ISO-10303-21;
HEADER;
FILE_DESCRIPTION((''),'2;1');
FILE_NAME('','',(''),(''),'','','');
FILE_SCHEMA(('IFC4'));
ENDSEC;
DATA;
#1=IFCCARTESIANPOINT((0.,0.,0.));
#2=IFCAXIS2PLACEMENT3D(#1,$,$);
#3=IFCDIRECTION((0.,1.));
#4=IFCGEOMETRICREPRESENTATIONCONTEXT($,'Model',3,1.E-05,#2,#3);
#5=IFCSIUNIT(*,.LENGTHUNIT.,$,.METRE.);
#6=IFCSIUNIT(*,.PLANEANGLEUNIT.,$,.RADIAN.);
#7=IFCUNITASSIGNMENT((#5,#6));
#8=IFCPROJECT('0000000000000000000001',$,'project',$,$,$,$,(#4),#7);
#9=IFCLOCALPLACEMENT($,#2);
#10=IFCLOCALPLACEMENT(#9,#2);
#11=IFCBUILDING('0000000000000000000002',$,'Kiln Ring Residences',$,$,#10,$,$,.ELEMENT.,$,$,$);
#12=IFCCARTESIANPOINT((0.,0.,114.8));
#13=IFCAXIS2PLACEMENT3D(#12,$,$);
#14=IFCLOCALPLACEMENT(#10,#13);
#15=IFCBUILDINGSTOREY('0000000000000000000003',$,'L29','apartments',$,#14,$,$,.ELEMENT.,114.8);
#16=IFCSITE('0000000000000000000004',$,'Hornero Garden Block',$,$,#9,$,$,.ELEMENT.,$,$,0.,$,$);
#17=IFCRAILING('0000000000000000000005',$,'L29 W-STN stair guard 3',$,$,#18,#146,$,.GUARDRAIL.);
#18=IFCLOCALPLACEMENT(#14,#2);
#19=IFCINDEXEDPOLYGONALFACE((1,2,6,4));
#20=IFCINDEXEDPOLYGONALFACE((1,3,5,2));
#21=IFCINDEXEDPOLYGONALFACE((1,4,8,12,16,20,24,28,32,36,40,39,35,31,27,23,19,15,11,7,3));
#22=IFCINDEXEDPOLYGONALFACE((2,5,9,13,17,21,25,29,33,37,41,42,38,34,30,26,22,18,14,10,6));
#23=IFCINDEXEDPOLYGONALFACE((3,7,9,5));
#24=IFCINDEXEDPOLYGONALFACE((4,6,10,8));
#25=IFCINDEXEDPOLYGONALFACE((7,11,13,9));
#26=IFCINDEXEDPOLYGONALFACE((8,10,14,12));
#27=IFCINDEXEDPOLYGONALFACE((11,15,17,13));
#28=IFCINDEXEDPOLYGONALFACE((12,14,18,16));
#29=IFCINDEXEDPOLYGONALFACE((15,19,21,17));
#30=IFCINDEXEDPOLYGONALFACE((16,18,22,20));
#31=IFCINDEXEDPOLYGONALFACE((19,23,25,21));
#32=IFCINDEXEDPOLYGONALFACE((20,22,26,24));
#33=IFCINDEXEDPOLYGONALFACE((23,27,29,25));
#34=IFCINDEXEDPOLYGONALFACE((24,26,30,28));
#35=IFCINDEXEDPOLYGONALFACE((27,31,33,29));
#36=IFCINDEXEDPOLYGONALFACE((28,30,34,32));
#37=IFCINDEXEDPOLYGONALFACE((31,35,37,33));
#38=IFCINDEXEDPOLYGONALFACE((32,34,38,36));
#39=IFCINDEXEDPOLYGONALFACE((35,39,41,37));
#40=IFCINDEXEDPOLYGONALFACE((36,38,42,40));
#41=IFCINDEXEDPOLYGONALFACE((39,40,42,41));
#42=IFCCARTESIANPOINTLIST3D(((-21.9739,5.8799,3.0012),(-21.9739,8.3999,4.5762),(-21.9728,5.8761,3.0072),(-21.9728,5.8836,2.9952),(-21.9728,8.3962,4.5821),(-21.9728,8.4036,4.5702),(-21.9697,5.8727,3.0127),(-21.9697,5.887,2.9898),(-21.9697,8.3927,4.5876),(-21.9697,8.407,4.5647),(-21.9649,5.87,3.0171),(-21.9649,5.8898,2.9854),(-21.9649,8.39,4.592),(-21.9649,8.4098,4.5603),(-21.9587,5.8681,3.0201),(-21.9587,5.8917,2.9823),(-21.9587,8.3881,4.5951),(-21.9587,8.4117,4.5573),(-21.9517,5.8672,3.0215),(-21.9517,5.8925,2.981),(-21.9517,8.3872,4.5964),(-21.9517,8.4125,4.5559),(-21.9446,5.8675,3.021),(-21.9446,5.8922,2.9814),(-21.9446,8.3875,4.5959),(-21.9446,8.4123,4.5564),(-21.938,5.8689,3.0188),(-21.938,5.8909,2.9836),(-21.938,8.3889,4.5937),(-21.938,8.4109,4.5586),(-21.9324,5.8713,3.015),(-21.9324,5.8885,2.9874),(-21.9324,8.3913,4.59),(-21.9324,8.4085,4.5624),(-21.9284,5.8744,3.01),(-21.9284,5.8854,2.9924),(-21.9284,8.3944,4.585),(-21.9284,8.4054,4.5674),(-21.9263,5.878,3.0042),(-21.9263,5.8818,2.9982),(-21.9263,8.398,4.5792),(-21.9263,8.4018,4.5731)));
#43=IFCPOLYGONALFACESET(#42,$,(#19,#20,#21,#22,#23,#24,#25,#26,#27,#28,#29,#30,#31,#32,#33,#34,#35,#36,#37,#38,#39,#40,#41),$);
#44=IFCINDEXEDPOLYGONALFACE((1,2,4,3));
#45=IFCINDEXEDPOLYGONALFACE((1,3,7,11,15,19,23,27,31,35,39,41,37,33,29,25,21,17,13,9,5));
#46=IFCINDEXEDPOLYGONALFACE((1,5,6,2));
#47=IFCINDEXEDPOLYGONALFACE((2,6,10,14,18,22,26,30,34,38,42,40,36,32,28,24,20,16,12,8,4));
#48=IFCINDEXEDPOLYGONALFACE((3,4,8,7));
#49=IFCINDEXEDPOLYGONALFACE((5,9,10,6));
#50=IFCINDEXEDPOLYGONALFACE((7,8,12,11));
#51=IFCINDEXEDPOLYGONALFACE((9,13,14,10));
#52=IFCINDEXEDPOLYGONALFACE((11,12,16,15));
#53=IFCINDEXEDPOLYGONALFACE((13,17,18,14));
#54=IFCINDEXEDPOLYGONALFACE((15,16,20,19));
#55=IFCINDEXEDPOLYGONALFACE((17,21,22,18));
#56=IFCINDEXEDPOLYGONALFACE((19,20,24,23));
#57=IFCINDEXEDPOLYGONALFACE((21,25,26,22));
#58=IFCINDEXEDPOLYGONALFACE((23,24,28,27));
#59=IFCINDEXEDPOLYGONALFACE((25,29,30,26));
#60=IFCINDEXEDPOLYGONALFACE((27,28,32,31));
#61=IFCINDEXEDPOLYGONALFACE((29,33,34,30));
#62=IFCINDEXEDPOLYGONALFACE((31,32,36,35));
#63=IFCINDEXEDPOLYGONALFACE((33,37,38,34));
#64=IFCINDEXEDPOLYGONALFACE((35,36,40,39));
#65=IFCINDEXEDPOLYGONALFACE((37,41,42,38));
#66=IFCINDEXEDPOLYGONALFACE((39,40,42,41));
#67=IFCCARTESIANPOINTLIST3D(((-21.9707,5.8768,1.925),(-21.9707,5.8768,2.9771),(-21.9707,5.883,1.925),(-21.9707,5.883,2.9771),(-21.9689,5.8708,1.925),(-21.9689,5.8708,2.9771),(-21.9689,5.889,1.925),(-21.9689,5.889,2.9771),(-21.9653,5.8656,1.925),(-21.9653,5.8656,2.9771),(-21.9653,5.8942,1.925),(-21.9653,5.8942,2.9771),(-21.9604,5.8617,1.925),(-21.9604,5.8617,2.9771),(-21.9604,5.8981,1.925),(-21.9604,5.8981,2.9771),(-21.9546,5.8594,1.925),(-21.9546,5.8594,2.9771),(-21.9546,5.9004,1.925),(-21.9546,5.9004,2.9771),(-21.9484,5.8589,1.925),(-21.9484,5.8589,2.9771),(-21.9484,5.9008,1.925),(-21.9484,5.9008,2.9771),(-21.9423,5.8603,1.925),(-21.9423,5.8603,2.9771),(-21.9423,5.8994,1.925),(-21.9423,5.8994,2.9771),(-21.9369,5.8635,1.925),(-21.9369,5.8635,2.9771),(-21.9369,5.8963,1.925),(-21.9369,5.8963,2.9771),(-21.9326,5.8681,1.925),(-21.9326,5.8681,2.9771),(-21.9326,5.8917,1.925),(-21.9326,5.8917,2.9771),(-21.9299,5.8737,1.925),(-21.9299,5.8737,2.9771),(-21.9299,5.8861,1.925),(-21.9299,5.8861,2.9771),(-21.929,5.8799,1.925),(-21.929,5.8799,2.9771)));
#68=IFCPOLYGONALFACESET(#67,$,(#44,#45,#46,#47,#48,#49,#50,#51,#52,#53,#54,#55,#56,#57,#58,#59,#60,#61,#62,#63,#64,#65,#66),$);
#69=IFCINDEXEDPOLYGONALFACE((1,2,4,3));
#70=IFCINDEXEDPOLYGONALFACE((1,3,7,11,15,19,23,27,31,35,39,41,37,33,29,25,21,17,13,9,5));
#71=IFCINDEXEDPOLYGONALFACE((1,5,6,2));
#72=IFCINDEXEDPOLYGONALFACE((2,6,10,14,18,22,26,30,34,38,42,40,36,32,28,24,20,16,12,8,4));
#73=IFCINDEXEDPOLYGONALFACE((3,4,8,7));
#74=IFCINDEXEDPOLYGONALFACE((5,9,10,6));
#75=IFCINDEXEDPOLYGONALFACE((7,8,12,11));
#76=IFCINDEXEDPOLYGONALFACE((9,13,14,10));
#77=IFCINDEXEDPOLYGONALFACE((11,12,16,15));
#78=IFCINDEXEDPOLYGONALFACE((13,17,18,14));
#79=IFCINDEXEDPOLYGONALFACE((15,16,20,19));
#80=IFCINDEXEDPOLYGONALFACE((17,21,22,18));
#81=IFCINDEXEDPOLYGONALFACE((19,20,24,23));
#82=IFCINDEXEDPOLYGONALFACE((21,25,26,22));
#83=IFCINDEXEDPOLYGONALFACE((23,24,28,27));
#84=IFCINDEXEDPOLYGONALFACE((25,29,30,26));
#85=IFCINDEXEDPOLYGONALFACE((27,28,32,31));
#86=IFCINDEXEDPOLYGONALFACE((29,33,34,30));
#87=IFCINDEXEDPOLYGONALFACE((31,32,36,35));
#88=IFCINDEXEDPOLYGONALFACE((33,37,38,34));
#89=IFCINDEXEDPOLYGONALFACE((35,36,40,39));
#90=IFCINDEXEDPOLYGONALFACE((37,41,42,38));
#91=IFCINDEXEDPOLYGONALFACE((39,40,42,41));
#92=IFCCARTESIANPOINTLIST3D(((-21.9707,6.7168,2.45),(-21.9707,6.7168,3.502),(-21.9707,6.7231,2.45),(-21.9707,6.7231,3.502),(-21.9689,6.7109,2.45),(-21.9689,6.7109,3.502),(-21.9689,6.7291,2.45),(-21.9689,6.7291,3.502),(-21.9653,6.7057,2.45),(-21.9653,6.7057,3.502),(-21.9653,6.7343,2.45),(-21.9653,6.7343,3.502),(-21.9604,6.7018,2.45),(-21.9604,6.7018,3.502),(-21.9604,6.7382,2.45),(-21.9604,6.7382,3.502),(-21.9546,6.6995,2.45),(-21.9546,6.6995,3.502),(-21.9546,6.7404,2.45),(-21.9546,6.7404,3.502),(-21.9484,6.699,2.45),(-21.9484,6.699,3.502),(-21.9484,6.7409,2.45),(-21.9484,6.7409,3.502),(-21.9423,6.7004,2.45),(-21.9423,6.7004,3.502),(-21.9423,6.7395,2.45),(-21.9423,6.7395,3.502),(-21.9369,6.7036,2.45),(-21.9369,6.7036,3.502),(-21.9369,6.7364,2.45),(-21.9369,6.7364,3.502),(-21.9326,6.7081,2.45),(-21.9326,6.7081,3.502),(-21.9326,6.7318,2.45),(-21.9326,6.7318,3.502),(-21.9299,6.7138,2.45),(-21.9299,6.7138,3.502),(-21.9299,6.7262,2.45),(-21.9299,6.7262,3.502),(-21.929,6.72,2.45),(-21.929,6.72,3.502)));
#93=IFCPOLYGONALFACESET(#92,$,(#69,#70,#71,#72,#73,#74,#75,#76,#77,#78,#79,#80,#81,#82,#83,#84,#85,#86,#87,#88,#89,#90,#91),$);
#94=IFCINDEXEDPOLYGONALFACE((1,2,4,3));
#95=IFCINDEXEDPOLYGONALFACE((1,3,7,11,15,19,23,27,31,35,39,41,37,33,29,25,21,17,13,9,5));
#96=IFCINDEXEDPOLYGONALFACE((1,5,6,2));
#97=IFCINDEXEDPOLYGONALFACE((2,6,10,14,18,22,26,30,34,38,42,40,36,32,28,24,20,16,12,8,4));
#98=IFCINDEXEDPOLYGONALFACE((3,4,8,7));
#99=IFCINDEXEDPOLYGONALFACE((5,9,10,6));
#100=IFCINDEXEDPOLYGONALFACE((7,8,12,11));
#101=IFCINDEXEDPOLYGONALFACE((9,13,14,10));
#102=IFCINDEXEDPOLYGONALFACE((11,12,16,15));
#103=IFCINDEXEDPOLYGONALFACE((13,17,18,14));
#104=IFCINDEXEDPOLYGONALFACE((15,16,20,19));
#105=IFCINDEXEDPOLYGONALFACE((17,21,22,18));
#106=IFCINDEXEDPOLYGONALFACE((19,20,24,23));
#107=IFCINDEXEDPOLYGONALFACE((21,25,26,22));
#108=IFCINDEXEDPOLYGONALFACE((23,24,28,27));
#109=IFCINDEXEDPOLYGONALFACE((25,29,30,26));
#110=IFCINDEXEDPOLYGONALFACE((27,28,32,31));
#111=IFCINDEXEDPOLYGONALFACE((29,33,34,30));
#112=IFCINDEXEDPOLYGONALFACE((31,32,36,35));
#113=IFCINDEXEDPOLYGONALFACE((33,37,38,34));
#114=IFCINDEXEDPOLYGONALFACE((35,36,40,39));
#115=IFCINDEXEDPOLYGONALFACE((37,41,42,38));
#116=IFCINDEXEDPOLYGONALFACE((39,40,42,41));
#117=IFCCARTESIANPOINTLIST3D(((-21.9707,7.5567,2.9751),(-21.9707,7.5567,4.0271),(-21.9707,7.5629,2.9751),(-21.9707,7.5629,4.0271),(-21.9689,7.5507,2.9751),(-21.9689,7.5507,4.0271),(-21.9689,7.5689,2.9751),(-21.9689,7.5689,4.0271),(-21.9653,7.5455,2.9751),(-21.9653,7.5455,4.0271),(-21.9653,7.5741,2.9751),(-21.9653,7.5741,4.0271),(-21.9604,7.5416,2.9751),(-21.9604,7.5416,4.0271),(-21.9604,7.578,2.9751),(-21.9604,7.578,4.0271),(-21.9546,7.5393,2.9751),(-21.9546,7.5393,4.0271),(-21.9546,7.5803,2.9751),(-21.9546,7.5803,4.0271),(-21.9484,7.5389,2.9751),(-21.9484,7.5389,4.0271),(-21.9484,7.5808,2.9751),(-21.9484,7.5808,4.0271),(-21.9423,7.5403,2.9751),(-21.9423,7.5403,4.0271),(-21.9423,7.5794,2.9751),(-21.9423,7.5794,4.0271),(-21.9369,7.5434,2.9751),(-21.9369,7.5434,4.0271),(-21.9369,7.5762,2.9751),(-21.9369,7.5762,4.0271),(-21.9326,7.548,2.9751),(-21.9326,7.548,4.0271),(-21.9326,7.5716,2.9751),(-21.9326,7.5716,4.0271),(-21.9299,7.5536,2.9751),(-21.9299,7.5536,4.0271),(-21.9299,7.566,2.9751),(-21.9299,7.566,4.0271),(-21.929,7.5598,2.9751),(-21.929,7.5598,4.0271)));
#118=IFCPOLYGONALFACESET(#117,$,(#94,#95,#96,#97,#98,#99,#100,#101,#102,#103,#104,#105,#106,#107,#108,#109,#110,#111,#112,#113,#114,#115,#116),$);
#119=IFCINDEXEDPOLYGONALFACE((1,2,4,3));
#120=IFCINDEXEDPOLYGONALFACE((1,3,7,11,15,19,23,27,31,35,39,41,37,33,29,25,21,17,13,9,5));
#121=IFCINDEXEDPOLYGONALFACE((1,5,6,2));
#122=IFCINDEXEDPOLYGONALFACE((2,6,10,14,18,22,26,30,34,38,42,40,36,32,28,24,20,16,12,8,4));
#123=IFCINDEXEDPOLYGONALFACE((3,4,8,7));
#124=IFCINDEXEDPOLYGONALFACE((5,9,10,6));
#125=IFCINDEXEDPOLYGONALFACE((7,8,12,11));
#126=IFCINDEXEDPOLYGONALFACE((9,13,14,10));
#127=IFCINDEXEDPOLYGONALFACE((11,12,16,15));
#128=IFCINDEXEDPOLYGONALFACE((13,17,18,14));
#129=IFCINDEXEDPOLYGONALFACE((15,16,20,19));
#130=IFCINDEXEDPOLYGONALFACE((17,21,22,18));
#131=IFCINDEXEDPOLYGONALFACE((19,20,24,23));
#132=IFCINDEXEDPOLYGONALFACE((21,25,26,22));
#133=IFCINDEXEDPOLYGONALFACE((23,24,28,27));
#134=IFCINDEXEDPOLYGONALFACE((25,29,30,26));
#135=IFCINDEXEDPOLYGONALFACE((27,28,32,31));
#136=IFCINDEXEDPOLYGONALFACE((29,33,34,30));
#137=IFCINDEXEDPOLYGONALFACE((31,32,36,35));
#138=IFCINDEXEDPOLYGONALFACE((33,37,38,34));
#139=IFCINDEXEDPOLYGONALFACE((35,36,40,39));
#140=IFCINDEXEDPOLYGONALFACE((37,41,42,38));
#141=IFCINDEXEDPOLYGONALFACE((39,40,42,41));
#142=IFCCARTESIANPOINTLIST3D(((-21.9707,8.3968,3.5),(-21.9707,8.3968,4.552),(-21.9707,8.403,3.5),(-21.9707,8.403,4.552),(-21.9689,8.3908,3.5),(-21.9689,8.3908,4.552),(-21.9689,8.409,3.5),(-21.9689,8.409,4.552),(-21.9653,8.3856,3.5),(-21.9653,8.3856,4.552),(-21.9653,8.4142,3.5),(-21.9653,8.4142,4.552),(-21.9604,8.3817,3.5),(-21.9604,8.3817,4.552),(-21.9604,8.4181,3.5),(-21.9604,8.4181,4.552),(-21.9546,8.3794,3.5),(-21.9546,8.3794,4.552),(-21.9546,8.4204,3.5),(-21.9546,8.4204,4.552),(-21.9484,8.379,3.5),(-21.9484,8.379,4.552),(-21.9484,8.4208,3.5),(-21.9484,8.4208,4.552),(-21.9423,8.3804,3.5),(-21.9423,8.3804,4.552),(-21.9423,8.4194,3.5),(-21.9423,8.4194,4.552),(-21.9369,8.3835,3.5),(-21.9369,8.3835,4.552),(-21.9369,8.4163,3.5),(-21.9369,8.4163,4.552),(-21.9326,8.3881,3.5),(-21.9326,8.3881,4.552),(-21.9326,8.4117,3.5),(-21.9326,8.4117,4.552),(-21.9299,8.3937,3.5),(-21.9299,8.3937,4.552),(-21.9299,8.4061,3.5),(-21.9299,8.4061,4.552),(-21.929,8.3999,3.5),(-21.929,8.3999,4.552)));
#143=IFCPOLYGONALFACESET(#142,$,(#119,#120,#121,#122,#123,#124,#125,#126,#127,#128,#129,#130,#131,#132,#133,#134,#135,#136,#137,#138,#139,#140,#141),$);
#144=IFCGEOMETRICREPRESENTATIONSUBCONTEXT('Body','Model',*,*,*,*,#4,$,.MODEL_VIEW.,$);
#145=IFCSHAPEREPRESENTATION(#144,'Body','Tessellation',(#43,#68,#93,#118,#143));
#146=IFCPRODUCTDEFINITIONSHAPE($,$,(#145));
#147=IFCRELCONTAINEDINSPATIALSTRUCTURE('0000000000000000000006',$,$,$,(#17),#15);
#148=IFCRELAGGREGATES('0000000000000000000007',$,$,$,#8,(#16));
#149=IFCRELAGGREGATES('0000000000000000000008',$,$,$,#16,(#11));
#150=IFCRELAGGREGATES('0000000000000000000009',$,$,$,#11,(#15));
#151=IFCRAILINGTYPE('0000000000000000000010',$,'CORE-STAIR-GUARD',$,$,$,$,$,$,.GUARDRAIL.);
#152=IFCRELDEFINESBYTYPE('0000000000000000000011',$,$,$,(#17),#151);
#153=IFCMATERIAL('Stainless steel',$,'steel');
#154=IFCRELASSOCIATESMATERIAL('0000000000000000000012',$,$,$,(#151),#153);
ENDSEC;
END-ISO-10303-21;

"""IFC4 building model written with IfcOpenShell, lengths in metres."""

from ifc_helpers import new_model, si_unit, direction, frame, origin, origin_2d, place, context, subcontext, project, spatial, circle, extrude, material, type_object, element, save


model = new_model("IFC4")

# Units and contexts
model_context = context("Model", 3, precision=1e-05, world=origin(), true_north=direction((0.0, 1.0)))
body_context = subcontext(model_context, "Body", "Model", "MODEL_VIEW")
ifc_project = project(units=[si_unit("LENGTHUNIT", "METRE"), si_unit("PLANEANGLEUNIT", "RADIAN")], contexts=[model_context])

# Site, building, storey
site_placement = place(None, origin())
site = spatial("IfcSite", under=ifc_project, at=site_placement, Name="Hornero Garden Block", CompositionType="ELEMENT", RefElevation=0.0)
building_placement = place(site_placement, origin())
building = spatial("IfcBuilding", under=site, at=building_placement, Name="Kiln Ring Residences", CompositionType="ELEMENT")
storey_placement = place(building_placement, frame((0.0, 0.0, 114.8)))
storey = spatial("IfcBuildingStorey", under=building, at=storey_placement, Name="L29", Description="apartments", CompositionType="ELEMENT", Elevation=114.8)

# Railing
ifc_material_1 = material(Name="Stainless steel", Category="steel")
railing_type_1 = type_object("IfcRailingType", Name="CORE-STAIR-GUARD", PredefinedType="GUARDRAIL", material=ifc_material_1)
railing_1_placement = place(storey_placement, frame((-21.95, 5.8799, 1.925)))
element("IfcRailing", 1, at=railing_1_placement, inside=storey, type_object=railing_type_1, Name="L29 W-STN stair guard 3", PredefinedType="GUARDRAIL", context=body_context, shape_type="SweptSolid", body=[
    extrude(circle(Radius=0.0239, at=origin_2d()), frame((0.0, 0.0, 1.0762), z_axis=(0.0, 0.848008, 0.529984), x_axis=(-1.0, 0.0, 0.0)), (0.0, 0.0, 1.0), 2.9717),
    extrude(circle(Radius=0.021, at=origin_2d()), origin(), (0.0, 0.0, 1.0), 1.052),
    extrude(circle(Radius=0.021, at=origin_2d()), frame((0.0, 0.8401, 0.5249)), (0.0, 0.0, 1.0), 1.052),
    extrude(circle(Radius=0.021, at=origin_2d()), frame((0.0, 1.6799, 1.05)), (0.0, 0.0, 1.0), 1.052),
    extrude(circle(Radius=0.021, at=origin_2d()), frame((0.0, 2.52, 1.575)), (0.0, 0.0, 1.0), 1.052),
])

save(model, "model.ifc")
